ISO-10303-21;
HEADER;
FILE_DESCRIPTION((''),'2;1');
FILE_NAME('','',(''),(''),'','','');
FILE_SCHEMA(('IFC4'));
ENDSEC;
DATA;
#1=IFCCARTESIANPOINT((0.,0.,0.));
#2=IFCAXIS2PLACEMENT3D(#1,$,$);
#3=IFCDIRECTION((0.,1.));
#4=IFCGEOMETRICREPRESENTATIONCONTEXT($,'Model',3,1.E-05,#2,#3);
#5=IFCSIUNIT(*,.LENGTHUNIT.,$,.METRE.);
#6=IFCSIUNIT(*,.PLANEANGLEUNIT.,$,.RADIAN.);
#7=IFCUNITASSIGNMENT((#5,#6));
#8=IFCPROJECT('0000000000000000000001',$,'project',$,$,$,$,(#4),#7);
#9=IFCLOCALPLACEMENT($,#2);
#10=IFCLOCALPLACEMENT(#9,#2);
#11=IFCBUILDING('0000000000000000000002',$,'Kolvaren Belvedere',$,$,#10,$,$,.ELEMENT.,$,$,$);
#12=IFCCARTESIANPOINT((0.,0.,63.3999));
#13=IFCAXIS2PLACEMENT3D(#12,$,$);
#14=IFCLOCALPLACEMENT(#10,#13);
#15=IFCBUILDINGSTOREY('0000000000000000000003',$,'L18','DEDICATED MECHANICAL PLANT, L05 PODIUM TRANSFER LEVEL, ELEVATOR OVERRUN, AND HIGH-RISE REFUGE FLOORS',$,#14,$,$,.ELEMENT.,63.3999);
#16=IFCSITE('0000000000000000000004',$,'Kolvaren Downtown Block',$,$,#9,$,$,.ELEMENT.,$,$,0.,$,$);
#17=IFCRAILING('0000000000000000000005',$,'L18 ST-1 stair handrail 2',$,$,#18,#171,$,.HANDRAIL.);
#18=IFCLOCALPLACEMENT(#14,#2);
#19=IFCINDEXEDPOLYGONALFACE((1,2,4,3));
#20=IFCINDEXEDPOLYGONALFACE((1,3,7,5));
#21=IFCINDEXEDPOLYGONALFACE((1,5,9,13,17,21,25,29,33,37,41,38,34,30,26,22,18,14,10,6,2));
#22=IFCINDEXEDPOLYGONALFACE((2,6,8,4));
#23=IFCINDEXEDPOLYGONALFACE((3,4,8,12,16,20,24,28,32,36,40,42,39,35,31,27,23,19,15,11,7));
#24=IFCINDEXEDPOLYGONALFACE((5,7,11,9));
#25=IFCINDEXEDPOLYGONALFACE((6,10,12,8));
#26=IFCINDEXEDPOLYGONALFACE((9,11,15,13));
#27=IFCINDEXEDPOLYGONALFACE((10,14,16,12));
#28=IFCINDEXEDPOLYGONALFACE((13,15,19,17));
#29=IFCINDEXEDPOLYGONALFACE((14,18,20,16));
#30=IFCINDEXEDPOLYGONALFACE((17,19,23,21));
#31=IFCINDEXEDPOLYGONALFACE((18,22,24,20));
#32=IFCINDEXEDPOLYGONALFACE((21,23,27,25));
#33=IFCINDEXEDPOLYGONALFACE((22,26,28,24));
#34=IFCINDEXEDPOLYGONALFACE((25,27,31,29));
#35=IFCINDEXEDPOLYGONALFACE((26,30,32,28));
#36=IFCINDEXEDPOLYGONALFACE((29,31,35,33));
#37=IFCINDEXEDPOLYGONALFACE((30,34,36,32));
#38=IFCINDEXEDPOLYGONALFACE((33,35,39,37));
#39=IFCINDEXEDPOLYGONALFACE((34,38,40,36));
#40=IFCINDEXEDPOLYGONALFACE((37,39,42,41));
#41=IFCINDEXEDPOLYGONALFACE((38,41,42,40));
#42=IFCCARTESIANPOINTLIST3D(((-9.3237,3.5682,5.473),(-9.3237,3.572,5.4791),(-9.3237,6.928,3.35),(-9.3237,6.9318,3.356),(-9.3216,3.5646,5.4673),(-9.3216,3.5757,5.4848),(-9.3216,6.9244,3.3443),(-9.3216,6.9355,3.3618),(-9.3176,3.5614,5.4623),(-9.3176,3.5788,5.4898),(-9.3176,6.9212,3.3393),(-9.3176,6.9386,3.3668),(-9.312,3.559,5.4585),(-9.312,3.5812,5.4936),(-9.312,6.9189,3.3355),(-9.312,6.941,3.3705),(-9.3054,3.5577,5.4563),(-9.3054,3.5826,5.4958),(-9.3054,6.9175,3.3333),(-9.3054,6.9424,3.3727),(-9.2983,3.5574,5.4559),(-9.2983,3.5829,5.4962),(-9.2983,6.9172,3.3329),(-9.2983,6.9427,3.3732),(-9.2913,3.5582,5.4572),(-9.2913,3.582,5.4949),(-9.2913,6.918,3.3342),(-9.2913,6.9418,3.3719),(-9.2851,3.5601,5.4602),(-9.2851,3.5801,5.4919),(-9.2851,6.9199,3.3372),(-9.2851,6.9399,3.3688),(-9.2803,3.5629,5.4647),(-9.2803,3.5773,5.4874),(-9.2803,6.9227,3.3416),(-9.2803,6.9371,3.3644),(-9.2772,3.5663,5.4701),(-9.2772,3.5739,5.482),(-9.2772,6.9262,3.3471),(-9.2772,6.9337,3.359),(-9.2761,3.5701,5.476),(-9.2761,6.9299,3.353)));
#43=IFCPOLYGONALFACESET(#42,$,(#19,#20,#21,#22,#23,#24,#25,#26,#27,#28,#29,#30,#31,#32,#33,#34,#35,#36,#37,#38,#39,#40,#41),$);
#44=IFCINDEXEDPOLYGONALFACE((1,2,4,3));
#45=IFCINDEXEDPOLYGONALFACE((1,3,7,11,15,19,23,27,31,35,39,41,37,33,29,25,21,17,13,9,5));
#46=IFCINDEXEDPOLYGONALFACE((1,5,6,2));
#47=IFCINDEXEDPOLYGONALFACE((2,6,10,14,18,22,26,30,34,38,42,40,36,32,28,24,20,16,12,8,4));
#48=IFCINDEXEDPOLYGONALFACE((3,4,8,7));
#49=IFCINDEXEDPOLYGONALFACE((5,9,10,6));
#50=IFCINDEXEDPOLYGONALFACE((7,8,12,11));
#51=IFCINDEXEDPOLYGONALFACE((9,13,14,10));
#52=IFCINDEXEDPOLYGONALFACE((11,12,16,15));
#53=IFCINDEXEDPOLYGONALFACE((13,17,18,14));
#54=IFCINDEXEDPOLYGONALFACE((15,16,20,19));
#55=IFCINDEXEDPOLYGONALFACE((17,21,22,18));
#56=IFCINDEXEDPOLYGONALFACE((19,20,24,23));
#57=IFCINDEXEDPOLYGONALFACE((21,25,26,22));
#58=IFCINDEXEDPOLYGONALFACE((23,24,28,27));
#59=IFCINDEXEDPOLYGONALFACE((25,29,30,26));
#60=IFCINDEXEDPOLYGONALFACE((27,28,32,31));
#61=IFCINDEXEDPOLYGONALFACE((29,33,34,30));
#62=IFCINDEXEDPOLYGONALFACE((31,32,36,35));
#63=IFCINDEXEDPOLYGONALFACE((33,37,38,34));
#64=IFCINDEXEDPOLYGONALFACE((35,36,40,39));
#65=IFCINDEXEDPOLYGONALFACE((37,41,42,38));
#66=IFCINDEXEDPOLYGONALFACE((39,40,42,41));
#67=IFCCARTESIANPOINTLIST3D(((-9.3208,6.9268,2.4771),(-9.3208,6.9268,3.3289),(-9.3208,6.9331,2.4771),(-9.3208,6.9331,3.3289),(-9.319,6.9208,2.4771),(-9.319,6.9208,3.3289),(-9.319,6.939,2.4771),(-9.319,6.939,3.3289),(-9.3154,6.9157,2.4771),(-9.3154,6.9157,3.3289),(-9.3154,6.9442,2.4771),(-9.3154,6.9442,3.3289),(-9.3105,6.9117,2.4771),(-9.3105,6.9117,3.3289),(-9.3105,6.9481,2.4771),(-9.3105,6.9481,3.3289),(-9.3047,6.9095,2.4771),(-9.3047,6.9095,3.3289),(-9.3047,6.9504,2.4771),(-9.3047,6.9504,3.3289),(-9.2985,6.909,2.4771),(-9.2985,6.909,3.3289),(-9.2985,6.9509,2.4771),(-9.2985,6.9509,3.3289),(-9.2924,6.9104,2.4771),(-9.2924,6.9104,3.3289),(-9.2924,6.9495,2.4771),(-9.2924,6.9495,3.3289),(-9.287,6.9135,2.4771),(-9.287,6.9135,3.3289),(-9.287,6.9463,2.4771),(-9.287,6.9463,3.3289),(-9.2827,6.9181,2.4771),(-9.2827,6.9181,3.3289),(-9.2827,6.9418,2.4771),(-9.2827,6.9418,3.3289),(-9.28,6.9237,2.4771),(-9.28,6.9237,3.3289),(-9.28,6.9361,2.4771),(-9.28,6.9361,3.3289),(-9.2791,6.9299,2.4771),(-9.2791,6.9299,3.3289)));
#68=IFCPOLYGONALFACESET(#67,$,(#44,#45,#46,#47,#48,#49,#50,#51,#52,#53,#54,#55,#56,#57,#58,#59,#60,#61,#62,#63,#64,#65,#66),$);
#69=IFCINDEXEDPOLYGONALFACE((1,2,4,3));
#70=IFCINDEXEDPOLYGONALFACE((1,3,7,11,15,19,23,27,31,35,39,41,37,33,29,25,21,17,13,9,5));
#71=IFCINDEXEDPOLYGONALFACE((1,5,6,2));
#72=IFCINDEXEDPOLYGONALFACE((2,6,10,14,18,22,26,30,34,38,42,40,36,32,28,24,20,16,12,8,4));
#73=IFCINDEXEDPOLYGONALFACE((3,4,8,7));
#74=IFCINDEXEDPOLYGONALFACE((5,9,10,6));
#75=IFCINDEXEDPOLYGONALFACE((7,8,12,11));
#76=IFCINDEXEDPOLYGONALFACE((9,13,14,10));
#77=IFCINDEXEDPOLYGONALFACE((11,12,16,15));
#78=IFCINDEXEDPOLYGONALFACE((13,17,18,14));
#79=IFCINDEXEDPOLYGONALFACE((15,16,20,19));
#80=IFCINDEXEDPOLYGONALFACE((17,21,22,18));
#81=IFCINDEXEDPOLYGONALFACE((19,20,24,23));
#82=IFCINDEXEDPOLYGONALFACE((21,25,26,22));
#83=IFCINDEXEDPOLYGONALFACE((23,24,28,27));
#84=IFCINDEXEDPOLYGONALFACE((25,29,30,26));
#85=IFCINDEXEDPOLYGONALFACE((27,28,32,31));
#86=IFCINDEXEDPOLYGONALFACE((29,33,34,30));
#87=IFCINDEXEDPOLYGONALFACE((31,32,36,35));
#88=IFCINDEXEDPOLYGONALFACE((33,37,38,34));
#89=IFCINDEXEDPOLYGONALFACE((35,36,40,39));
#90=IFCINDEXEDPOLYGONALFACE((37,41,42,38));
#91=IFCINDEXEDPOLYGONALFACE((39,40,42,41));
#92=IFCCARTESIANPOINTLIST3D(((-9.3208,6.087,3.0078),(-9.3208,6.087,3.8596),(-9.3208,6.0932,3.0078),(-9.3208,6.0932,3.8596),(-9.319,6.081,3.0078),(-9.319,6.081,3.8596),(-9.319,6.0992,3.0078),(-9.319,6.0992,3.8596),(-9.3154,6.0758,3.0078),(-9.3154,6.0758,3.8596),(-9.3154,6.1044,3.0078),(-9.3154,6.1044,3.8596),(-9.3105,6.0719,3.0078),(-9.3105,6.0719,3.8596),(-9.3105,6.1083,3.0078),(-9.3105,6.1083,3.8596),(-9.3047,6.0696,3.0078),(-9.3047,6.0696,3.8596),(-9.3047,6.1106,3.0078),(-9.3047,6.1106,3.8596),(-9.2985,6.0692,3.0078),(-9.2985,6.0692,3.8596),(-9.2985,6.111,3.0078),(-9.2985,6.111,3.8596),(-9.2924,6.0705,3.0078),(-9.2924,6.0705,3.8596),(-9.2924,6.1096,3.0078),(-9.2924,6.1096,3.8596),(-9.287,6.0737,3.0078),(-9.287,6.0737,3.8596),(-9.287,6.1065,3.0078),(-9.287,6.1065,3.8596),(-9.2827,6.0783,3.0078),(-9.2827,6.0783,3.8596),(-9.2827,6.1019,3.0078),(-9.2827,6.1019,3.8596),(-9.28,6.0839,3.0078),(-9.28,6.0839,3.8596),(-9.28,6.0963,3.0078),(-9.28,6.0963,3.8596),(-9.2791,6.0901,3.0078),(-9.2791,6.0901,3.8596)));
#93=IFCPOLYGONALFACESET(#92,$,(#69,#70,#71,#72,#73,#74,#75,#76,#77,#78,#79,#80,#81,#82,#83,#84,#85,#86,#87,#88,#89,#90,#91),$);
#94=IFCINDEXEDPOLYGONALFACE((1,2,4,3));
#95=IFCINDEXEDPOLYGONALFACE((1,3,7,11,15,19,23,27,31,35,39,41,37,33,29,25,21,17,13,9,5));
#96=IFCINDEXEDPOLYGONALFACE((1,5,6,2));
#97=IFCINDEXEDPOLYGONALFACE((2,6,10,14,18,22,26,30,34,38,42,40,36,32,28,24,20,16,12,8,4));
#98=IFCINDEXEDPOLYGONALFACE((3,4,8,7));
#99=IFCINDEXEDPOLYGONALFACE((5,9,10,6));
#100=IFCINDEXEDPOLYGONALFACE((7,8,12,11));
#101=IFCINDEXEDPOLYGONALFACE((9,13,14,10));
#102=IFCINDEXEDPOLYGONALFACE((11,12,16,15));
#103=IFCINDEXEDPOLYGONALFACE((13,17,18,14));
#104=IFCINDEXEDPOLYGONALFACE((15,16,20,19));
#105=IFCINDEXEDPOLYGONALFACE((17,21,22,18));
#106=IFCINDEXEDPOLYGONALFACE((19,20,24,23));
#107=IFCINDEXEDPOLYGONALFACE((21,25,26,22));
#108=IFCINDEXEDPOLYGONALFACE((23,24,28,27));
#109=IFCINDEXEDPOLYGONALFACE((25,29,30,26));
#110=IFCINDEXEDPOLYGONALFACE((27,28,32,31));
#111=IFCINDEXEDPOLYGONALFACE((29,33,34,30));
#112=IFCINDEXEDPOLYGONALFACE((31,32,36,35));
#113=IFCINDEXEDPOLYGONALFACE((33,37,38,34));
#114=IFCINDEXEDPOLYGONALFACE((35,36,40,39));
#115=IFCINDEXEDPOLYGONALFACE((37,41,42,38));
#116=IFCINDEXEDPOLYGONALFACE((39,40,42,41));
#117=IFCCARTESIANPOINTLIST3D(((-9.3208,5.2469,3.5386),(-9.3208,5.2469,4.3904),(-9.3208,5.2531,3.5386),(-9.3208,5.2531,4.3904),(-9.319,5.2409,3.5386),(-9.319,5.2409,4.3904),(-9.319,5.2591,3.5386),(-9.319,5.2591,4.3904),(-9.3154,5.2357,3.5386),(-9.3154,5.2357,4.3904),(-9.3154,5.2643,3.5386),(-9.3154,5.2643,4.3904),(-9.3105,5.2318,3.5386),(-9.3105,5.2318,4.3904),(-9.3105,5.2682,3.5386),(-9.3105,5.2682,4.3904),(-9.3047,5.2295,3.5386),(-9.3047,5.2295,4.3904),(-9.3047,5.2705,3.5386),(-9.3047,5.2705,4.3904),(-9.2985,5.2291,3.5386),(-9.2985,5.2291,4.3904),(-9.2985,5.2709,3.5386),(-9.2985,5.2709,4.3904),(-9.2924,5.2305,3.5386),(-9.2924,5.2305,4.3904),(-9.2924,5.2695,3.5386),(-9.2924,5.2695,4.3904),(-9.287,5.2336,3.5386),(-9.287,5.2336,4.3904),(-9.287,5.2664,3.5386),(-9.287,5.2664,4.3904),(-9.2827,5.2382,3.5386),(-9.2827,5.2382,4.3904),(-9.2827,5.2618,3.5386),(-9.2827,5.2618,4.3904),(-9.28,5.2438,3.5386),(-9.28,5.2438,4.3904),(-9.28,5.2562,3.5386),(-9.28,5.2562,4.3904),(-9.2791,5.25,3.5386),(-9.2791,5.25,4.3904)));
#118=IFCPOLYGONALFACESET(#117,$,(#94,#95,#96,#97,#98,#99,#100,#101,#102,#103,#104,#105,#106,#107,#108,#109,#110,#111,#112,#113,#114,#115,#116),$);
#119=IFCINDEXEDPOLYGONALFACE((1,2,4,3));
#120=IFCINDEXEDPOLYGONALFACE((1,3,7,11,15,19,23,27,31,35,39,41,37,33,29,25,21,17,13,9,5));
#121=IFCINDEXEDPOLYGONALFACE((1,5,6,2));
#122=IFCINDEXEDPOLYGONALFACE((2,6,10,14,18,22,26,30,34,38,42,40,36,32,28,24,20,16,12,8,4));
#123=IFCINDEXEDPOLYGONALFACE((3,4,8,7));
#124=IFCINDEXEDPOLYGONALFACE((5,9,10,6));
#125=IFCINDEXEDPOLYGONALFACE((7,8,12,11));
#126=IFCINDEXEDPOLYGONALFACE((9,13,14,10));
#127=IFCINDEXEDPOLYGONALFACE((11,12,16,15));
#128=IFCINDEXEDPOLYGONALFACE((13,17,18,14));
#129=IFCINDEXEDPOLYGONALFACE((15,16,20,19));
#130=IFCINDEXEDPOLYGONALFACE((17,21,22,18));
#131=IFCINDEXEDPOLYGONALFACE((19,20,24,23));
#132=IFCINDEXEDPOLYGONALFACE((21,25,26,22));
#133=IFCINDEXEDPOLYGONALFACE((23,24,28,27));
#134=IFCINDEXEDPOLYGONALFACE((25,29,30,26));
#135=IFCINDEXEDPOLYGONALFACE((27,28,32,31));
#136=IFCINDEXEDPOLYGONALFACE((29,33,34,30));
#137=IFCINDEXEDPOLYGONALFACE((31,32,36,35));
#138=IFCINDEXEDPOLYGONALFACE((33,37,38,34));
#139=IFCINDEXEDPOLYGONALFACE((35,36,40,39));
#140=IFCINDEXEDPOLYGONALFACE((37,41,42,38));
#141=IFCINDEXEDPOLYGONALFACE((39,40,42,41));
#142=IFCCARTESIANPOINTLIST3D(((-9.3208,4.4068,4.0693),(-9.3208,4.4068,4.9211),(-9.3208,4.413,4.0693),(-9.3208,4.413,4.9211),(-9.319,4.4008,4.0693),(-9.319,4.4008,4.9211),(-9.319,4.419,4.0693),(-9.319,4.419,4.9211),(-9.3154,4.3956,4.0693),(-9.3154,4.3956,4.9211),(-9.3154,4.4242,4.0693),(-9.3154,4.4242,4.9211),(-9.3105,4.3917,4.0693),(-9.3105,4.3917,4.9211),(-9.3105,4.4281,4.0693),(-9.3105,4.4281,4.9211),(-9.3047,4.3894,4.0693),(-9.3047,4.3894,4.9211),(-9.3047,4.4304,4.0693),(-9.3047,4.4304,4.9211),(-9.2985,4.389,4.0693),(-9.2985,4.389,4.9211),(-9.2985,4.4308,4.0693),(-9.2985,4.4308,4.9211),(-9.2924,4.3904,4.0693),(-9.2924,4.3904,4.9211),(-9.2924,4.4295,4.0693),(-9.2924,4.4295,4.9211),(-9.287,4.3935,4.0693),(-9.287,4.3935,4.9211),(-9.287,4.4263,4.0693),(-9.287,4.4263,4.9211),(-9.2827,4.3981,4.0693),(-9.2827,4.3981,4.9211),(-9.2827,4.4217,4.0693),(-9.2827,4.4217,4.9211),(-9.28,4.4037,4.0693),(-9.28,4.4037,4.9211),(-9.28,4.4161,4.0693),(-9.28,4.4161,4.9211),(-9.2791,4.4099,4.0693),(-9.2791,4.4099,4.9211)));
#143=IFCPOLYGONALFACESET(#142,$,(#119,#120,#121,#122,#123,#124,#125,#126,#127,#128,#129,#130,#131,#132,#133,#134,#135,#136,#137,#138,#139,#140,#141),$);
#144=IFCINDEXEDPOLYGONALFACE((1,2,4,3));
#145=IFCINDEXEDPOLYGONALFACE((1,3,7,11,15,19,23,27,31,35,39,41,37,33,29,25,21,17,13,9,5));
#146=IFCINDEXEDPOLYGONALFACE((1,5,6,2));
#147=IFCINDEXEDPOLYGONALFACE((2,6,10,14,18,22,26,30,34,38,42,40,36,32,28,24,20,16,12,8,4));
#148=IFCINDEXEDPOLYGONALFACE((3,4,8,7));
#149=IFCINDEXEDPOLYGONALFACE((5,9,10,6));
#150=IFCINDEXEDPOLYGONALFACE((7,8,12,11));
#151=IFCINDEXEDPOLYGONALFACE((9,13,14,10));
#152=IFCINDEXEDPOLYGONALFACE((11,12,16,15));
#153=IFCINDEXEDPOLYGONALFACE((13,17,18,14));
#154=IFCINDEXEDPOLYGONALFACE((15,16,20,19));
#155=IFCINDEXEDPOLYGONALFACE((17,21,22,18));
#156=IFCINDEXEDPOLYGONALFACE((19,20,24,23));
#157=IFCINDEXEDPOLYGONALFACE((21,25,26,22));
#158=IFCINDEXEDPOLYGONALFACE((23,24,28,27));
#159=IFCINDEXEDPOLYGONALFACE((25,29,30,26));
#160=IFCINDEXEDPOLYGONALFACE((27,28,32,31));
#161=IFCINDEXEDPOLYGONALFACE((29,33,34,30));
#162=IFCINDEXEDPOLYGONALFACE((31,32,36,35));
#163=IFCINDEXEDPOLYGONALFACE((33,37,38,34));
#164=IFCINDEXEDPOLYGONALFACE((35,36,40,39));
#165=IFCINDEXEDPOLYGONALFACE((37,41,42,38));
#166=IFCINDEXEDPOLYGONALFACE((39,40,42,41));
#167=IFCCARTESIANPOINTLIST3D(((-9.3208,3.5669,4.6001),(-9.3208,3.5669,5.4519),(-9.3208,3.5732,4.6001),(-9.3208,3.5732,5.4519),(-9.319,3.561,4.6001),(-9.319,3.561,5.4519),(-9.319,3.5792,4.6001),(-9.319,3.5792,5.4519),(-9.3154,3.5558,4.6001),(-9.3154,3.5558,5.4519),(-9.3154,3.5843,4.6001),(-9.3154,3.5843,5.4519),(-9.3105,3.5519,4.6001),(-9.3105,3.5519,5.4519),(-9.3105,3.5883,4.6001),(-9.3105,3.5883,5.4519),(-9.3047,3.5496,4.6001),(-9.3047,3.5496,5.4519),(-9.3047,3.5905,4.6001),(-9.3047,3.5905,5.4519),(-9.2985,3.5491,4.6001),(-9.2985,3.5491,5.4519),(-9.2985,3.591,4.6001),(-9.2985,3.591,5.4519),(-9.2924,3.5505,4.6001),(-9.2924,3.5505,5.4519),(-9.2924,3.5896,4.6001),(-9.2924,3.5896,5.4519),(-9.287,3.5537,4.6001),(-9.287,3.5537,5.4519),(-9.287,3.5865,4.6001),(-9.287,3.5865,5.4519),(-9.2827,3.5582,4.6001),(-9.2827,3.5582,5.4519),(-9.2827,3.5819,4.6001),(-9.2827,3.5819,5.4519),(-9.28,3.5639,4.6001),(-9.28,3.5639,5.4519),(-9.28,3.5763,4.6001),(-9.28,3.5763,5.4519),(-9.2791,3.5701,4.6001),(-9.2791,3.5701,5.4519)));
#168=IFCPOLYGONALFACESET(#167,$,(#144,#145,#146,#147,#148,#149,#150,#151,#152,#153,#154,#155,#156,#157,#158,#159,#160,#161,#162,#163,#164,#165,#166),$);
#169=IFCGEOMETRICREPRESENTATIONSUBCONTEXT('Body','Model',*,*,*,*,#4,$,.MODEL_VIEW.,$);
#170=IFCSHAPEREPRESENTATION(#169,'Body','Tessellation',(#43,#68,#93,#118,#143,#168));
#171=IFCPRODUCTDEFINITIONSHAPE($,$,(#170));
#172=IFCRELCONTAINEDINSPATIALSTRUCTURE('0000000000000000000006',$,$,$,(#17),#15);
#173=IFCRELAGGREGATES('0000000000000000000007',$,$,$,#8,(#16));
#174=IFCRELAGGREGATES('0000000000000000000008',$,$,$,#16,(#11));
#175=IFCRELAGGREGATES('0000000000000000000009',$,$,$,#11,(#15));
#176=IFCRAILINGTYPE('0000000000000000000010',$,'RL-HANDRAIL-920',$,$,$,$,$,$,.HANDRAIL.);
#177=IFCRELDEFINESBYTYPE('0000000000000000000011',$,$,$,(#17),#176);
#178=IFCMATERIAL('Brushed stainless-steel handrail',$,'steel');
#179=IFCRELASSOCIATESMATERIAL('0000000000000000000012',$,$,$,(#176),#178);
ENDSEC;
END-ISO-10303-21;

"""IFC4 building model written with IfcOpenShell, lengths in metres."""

from ifc_helpers import new_model, si_unit, direction, frame, origin, origin_2d, place, context, subcontext, project, spatial, circle, extrude, material, type_object, element, save


model = new_model("IFC4")

# Units and contexts
model_context = context("Model", 3, precision=1e-05, world=origin(), true_north=direction((0.0, 1.0)))
body_context = subcontext(model_context, "Body", "Model", "MODEL_VIEW")
ifc_project = project(units=[si_unit("LENGTHUNIT", "METRE"), si_unit("PLANEANGLEUNIT", "RADIAN")], contexts=[model_context])

# Site, building, storey
site_placement = place(None, origin())
site = spatial("IfcSite", under=ifc_project, at=site_placement, Name="Kolvaren Downtown Block", CompositionType="ELEMENT", RefElevation=0.0)
building_placement = place(site_placement, origin())
building = spatial("IfcBuilding", under=site, at=building_placement, Name="Kolvaren Belvedere", CompositionType="ELEMENT")
storey_placement = place(building_placement, frame((0.0, 0.0, 63.3999)))
storey = spatial("IfcBuildingStorey", under=building, at=storey_placement, Name="L18", Description="DEDICATED MECHANICAL PLANT, L05 PODIUM TRANSFER LEVEL, ELEVATOR OVERRUN, AND HIGH-RISE REFUGE FLOORS", CompositionType="ELEMENT", Elevation=63.3999)

# Railing
ifc_material_1 = material(Name="Brushed stainless-steel handrail", Category="steel")
railing_type_1 = type_object("IfcRailingType", Name="RL-HANDRAIL-920", PredefinedType="HANDRAIL", material=ifc_material_1)
railing_1_placement = place(storey_placement, frame((-9.3, 6.9299, 2.4771)))
element("IfcRailing", 1, at=railing_1_placement, inside=storey, type_object=railing_type_1, Name="L18 ST-1 stair handrail 2", PredefinedType="HANDRAIL", context=body_context, shape_type="SweptSolid", body=[
    extrude(circle(Radius=0.0239, at=origin_2d()), frame((0.0, 0.0, 0.876), z_axis=(0.0, -0.845372, 0.534178), x_axis=(1.0, 0.0, 0.0)), (0.0, 0.0, 1.0), 3.9744),
    extrude(circle(Radius=0.021, at=origin_2d()), origin(), (0.0, 0.0, 1.0), 0.8518),
    extrude(circle(Radius=0.021, at=origin_2d()), frame((0.0, -0.8398, 0.5308)), (0.0, 0.0, 1.0), 0.8518),
    extrude(circle(Radius=0.021, at=origin_2d()), frame((0.0, -1.6799, 1.0615)), (0.0, 0.0, 1.0), 0.8518),
    extrude(circle(Radius=0.021, at=origin_2d()), frame((0.0, -2.52, 1.5923)), (0.0, 0.0, 1.0), 0.8518),
    extrude(circle(Radius=0.021, at=origin_2d()), frame((0.0, -3.3599, 2.123)), (0.0, 0.0, 1.0), 0.8518),
])

save(model, "model.ifc")
